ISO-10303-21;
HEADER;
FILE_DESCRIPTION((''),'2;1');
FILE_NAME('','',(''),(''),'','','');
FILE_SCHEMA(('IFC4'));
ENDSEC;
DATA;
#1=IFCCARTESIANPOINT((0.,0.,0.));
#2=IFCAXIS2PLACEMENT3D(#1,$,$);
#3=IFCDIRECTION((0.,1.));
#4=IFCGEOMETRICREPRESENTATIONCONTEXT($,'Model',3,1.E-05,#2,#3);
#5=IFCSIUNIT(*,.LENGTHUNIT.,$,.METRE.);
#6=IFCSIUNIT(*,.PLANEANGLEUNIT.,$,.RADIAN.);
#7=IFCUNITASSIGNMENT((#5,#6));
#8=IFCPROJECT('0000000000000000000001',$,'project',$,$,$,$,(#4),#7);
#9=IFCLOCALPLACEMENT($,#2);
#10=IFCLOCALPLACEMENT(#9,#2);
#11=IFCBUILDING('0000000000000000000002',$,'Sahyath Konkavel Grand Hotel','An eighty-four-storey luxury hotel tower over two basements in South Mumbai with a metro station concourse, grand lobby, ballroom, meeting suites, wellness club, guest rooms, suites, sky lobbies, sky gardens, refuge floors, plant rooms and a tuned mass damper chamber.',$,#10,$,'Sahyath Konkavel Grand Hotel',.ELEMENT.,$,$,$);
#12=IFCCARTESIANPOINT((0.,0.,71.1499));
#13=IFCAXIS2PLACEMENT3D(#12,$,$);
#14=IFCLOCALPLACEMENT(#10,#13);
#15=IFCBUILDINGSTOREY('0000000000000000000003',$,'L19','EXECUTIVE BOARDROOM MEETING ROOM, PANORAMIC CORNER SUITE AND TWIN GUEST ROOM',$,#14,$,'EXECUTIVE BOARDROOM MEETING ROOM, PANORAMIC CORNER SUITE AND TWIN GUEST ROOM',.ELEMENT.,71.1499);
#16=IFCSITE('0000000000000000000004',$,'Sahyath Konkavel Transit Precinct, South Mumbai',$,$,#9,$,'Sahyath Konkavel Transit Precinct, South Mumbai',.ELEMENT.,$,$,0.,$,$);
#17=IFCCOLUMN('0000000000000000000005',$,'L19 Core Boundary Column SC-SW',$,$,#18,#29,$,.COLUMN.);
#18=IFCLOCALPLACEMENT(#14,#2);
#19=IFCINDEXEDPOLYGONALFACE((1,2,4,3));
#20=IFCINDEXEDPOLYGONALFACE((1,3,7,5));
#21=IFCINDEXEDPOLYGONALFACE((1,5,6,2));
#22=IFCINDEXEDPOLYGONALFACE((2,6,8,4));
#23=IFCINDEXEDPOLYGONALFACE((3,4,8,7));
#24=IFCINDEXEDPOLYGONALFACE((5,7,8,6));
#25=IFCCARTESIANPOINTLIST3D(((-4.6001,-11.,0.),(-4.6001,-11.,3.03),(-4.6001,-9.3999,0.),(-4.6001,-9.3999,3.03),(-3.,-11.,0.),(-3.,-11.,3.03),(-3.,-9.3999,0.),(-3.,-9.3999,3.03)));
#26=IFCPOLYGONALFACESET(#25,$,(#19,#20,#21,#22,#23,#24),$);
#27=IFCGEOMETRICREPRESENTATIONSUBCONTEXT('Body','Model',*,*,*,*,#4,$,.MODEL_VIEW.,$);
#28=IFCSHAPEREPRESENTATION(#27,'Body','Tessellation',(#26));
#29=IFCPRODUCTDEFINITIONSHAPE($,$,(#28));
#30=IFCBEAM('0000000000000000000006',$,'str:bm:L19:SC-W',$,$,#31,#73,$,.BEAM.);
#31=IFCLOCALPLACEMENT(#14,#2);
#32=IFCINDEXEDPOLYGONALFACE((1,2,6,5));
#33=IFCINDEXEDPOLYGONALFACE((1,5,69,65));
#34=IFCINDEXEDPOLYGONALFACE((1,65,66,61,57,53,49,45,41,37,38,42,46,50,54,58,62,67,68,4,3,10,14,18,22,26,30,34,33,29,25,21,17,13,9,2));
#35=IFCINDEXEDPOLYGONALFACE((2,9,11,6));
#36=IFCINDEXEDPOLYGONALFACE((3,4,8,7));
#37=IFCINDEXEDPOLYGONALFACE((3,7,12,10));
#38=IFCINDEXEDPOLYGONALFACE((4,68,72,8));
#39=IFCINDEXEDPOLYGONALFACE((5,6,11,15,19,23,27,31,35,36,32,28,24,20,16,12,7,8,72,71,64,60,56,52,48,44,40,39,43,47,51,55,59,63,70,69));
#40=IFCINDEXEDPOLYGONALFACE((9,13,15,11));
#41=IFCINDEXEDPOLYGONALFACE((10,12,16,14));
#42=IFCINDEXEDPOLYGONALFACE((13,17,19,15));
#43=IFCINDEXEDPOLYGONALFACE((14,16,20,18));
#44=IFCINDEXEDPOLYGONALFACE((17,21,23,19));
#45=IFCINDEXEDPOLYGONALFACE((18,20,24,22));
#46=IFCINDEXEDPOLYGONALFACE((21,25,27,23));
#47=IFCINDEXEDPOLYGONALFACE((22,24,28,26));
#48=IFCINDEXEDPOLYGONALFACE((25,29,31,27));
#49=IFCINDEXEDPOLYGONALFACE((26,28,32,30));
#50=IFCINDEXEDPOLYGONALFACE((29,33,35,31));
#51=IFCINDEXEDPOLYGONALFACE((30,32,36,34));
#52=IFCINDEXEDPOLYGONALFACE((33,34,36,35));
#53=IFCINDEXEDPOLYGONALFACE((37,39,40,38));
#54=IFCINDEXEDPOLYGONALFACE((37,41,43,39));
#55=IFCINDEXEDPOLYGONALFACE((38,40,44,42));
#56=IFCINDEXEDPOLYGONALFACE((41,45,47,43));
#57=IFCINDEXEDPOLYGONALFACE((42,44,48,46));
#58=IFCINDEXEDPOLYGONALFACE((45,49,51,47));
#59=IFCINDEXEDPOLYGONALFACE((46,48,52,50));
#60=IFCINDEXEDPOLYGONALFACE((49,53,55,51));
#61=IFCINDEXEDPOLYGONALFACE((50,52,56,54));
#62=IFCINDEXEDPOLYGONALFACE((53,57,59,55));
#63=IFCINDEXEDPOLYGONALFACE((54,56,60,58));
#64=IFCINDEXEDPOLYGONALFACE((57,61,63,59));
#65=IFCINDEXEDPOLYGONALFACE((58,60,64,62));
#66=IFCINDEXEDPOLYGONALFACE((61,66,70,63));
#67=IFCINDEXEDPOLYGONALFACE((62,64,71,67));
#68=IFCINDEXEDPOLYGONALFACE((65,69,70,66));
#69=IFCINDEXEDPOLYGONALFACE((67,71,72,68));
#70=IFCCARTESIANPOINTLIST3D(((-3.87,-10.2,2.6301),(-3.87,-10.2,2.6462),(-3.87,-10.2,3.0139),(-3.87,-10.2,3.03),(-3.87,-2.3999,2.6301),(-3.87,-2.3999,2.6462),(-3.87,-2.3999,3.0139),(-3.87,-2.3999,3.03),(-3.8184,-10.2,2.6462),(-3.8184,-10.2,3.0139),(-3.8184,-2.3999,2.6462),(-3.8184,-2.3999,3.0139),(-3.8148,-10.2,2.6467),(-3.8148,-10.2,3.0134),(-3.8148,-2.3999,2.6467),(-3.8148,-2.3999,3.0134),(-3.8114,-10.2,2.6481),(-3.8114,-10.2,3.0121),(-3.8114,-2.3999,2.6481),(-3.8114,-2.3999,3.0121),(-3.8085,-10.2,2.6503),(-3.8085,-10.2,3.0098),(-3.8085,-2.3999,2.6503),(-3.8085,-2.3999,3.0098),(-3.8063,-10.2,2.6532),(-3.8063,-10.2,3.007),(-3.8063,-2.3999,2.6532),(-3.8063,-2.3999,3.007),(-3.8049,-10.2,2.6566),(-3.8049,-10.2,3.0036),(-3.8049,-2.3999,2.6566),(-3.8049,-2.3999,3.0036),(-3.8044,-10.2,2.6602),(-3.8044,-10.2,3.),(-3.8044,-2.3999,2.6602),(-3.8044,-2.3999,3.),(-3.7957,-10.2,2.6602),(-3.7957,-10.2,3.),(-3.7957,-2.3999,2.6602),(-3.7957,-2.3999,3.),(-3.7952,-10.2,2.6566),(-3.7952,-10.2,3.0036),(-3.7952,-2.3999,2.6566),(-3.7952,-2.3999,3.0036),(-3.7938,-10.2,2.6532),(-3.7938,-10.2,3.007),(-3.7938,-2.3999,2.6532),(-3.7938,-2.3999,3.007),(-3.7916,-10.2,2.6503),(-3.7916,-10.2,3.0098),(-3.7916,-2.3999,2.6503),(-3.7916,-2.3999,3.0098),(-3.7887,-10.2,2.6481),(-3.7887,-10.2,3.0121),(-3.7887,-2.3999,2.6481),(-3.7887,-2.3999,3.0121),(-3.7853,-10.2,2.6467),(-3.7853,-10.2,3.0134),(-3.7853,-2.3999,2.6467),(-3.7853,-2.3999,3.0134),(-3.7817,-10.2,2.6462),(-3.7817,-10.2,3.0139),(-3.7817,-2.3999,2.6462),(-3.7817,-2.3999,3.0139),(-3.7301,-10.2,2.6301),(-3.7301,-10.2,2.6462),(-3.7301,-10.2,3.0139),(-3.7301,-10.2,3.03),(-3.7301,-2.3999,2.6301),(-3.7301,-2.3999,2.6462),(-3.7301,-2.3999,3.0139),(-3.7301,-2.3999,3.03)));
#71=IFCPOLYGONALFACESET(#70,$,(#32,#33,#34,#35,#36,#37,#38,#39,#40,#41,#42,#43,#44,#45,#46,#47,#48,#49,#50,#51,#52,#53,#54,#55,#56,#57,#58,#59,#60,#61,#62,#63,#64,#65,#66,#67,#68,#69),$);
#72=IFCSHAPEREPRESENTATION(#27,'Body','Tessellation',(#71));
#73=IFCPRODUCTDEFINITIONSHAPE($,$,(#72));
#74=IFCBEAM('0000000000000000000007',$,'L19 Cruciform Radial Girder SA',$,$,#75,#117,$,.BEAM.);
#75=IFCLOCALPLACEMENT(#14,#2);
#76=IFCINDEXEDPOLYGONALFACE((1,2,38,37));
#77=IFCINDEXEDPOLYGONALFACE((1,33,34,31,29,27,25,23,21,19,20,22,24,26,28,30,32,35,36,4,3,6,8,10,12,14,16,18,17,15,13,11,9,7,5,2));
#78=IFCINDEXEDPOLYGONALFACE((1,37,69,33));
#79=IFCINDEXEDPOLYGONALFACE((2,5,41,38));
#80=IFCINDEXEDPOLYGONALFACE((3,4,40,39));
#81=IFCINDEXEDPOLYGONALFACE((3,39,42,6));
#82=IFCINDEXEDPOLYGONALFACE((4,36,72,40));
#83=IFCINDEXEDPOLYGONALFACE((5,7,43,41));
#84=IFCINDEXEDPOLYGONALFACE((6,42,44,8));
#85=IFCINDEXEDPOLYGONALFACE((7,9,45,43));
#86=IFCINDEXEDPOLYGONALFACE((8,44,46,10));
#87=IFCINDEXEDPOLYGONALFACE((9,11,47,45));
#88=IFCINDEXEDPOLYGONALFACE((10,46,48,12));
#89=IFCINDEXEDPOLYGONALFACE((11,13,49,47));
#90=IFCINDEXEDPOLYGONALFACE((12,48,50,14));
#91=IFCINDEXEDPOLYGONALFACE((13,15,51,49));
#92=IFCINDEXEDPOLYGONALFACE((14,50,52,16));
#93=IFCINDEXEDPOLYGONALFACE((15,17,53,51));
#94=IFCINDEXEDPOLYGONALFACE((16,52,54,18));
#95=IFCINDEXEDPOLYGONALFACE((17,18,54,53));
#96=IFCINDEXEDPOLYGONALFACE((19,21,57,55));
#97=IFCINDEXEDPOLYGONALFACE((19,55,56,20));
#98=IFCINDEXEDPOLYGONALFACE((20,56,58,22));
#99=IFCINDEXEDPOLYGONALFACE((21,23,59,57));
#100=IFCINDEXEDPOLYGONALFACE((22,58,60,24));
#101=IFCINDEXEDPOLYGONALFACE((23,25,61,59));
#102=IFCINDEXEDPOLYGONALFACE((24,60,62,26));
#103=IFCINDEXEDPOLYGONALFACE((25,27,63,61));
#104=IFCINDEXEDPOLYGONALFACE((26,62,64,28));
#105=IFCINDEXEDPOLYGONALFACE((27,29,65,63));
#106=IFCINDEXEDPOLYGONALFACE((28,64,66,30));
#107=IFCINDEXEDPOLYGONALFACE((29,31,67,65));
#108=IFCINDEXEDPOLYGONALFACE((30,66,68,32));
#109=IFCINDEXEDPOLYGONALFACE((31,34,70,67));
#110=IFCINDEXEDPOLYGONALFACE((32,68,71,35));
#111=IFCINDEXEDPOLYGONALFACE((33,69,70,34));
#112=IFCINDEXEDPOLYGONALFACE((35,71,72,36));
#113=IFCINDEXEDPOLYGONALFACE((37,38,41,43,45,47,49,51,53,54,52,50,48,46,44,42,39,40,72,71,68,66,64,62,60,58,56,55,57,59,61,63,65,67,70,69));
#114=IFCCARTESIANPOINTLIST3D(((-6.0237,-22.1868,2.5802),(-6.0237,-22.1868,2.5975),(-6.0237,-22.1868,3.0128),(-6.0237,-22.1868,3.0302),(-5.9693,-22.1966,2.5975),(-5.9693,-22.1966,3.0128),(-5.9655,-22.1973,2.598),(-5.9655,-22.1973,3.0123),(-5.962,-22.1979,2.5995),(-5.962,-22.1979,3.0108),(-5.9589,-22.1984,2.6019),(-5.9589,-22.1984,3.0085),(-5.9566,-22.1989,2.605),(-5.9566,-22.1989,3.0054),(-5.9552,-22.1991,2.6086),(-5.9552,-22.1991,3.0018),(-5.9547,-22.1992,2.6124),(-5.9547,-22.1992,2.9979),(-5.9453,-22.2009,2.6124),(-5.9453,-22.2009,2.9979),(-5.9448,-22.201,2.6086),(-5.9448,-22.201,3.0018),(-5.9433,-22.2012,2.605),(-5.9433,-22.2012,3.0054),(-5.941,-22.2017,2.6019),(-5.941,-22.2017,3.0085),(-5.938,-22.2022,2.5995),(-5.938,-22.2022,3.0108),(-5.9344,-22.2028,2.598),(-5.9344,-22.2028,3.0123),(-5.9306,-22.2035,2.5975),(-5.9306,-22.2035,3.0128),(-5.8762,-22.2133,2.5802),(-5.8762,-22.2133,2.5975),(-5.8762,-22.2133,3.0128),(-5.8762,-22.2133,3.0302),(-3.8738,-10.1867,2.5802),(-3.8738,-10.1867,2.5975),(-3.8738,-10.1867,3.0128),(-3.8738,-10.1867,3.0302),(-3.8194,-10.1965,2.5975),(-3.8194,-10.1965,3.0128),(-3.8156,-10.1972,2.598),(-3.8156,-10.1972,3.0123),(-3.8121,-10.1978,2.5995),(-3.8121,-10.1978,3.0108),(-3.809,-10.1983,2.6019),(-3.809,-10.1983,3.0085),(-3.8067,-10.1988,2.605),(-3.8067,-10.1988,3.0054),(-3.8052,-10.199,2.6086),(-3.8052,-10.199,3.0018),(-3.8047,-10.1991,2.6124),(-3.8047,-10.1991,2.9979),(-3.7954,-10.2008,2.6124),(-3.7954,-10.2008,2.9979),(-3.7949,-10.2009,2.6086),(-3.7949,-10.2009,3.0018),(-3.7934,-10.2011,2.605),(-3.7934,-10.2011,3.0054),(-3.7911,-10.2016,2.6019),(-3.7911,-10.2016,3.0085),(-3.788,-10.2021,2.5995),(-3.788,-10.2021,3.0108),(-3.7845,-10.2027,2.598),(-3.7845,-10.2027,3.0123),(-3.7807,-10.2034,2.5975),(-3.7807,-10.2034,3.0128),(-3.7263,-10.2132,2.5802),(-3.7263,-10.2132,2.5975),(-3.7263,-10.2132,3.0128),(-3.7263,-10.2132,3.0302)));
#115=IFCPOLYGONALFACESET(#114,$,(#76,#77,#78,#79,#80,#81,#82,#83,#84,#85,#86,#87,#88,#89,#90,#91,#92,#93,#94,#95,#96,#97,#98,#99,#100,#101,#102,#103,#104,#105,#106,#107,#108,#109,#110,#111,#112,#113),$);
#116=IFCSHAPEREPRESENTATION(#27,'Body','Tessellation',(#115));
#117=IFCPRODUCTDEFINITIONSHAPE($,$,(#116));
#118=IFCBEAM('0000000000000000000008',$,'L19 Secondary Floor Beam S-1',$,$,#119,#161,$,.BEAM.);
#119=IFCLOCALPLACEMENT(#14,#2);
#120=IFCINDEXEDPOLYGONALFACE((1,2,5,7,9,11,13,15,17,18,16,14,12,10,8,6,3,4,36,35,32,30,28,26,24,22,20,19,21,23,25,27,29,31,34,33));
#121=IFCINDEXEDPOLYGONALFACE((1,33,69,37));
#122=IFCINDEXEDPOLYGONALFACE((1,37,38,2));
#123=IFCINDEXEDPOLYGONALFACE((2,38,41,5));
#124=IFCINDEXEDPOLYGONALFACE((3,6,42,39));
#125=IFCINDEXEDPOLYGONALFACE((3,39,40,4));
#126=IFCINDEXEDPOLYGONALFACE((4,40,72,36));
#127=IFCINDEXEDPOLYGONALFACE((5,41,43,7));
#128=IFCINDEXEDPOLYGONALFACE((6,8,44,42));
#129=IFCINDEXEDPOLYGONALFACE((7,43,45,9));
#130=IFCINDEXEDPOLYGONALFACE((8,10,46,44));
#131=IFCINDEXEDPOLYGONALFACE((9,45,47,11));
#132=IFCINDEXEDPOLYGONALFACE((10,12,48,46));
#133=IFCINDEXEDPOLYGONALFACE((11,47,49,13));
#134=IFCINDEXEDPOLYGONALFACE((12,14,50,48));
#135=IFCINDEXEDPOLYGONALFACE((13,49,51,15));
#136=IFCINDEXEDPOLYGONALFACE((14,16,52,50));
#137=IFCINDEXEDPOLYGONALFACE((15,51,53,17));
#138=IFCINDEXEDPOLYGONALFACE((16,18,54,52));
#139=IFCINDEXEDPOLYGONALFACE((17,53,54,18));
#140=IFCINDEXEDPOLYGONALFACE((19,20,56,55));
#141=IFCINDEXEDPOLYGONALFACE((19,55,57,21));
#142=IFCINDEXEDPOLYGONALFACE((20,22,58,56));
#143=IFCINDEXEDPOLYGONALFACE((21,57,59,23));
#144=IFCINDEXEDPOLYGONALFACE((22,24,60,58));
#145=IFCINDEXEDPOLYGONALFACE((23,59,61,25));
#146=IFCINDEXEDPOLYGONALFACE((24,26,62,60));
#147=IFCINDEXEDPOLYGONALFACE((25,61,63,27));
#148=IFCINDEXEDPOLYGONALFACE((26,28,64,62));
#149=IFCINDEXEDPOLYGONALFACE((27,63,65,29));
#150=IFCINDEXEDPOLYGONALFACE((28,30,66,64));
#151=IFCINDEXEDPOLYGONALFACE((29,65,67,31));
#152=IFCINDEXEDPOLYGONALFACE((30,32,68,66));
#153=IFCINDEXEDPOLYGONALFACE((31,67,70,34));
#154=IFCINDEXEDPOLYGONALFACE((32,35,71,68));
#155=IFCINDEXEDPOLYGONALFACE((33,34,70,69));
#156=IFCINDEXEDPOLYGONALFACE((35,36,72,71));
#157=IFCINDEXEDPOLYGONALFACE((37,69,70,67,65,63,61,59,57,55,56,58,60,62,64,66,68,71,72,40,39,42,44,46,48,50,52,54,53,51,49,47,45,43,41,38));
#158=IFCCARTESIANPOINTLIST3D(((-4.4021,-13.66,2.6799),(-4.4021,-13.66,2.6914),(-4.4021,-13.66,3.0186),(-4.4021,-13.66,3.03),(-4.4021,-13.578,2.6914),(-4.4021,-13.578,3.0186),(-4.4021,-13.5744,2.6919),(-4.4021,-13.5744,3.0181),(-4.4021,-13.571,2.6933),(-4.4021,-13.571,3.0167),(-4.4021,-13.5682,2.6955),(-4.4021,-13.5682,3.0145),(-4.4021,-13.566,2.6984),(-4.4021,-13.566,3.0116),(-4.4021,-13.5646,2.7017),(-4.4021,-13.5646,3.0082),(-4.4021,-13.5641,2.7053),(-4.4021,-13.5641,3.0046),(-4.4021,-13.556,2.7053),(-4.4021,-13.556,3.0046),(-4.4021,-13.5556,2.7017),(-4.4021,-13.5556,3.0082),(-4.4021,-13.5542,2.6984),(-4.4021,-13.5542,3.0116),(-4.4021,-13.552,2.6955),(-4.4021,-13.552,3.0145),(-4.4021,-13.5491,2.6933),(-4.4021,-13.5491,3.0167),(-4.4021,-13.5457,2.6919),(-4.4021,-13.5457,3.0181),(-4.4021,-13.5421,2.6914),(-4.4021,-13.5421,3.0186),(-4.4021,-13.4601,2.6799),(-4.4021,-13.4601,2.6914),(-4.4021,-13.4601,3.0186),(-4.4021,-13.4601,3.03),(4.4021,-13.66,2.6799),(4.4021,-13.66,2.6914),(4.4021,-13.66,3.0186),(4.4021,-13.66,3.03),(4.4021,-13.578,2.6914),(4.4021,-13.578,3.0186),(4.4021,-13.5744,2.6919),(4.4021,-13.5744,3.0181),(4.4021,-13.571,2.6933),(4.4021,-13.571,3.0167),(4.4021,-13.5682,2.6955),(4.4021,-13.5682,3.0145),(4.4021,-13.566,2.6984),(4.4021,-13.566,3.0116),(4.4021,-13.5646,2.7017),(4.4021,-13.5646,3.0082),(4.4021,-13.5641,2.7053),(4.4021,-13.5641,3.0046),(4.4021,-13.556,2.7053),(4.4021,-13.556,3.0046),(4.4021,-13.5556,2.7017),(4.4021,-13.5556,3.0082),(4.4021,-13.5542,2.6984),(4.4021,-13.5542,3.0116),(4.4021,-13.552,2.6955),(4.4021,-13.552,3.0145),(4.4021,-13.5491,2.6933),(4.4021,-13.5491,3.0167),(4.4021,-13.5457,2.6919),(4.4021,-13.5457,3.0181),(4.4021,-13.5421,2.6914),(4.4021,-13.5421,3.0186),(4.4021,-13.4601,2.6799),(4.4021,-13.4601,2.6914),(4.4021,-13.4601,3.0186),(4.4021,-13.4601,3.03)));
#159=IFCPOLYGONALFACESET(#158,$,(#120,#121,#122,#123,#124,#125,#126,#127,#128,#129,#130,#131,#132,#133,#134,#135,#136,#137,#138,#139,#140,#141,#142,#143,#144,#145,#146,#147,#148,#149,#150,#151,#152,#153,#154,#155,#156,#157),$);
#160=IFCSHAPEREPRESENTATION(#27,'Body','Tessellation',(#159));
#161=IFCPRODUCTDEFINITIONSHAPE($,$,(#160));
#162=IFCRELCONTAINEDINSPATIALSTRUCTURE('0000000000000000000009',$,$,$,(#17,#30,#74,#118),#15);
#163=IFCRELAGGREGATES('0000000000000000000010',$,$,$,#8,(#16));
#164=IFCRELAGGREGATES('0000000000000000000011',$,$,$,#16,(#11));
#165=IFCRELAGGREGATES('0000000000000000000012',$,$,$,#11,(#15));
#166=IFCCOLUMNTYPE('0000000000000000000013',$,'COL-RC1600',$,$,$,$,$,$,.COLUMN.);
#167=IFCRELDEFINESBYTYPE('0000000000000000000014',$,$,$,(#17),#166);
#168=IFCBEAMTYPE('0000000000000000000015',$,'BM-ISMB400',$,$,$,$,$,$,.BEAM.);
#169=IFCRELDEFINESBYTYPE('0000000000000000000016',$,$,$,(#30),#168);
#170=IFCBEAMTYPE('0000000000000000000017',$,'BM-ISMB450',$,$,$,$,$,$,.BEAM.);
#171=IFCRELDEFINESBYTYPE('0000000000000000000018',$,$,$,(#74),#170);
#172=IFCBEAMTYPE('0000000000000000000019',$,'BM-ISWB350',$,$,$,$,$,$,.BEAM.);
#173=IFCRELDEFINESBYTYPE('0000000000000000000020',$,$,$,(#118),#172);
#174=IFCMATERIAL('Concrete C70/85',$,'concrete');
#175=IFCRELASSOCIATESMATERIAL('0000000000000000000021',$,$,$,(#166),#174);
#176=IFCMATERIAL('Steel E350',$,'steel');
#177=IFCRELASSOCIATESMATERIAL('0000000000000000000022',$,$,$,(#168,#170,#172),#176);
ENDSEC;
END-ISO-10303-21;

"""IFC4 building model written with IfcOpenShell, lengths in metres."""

from ifc_helpers import new_model, si_unit, direction, frame, origin, origin_2d, place, context, subcontext, project, spatial, rectangle, i_section, extrude, source, transform, mapped, material, material_profile, profile_set, type_object, element, save


model = new_model("IFC4")

# Units and contexts
model_context = context("Model", 3, precision=1e-05, world=origin(), true_north=direction((0.0, 1.0)))
body_context = subcontext(model_context, "Body", "Model", "MODEL_VIEW")
ifc_project = project(units=[si_unit("LENGTHUNIT", "METRE"), si_unit("PLANEANGLEUNIT", "RADIAN")], contexts=[model_context])

# Site, building, storey
site_placement = place(None, origin())
site = spatial("IfcSite", under=ifc_project, at=site_placement, Name="Sahyath Konkavel Transit Precinct, South Mumbai", LongName="Sahyath Konkavel Transit Precinct, South Mumbai", CompositionType="ELEMENT", RefElevation=0.0)
building_placement = place(site_placement, origin())
building = spatial("IfcBuilding", under=site, at=building_placement, Name="Sahyath Konkavel Grand Hotel", Description="An eighty-four-storey luxury hotel tower over two basements in South Mumbai with a metro station concourse, grand lobby, ballroom, meeting suites, wellness club, guest rooms, suites, sky lobbies, sky gardens, refuge floors, plant rooms and a tuned mass damper chamber.", LongName="Sahyath Konkavel Grand Hotel", CompositionType="ELEMENT")
storey_placement = place(building_placement, frame((0.0, 0.0, 71.1499)))
storey = spatial("IfcBuildingStorey", under=building, at=storey_placement, Name="L19", Description="EXECUTIVE BOARDROOM MEETING ROOM, PANORAMIC CORNER SUITE AND TWIN GUEST ROOM", LongName="EXECUTIVE BOARDROOM MEETING ROOM, PANORAMIC CORNER SUITE AND TWIN GUEST ROOM", CompositionType="ELEMENT", Elevation=71.1499)

# Column
ifc_material_1 = material(Name="Concrete C70/85", Category="concrete")
ifc_material_profile_1 = material_profile(ifc_material_1, rectangle(XDim=1.6001, YDim=1.6001, at=origin_2d()), Name="RC 1600x1600")
ifc_profile_set_1 = profile_set([ifc_material_profile_1], Name="Concrete C70/85")
column_type = type_object("IfcColumnType", Name="COL-RC1600", PredefinedType="COLUMN", material=ifc_profile_set_1)
shared_shape_1 = source(origin(), body_context, "Body", "SweptSolid", [
    extrude(rectangle(XDim=1.6001, YDim=1.6001, at=origin_2d()), origin(), (0.0, 0.0, 1.0), 3.03),
])
column_placement = place(storey_placement, frame((-3.8, -10.2, 0.0), z_axis=(0.0, 0.0, 1.0), x_axis=(1.0, 0.0, 0.0)))
element("IfcColumn", 1, at=column_placement, inside=storey, type_object=column_type, Name="L19 Core Boundary Column SC-SW", PredefinedType="COLUMN", context=body_context, shape_type="MappedRepresentation", body=[
    mapped(shared_shape_1, transform((0.0, 0.0, 0.0), scale=1.0)),
])

# Beams
ifc_material_2 = material(Name="Steel E350", Category="steel")
ifc_material_profile_2 = material_profile(ifc_material_2, i_section(OverallWidth=0.1399, OverallDepth=0.3999, WebThickness=0.0088, FlangeThickness=0.0161, FilletRadius=0.0139, at=origin_2d()), Name="ISMB 400")
ifc_profile_set_2 = profile_set([ifc_material_profile_2], Name="Steel E350")
beam_type_1 = type_object("IfcBeamType", Name="BM-ISMB400", PredefinedType="BEAM", material=ifc_profile_set_2)
shared_shape_2 = source(origin(), body_context, "Body", "SweptSolid", [
    extrude(i_section(OverallWidth=0.1399, OverallDepth=0.3999, WebThickness=0.0088, FlangeThickness=0.0161, FilletRadius=0.0139, at=origin_2d()), origin(), (0.0, 0.0, 1.0), 7.8),
])
beam_1_placement = place(storey_placement, frame((-3.8, -10.2, 2.8301), z_axis=(0.0, 1.0, 0.0), x_axis=(-1.0, 0.0, 0.0)))
element("IfcBeam", 2, at=beam_1_placement, inside=storey, type_object=beam_type_1, Name="str:bm:L19:SC-W", PredefinedType="BEAM", context=body_context, shape_type="MappedRepresentation", body=[
    mapped(shared_shape_2, transform((0.0, 0.0, 0.0), scale=1.0)),
])
ifc_material_profile_3 = material_profile(ifc_material_2, i_section(OverallWidth=0.1499, OverallDepth=0.45, WebThickness=0.0095, FlangeThickness=0.0173, FilletRadius=0.0149, at=origin_2d()), Name="ISMB 450")
ifc_profile_set_3 = profile_set([ifc_material_profile_3], Name="Steel E350")
beam_type_2 = type_object("IfcBeamType", Name="BM-ISMB450", PredefinedType="BEAM", material=ifc_profile_set_3)
shared_shape_3 = source(origin(), body_context, "Body", "SweptSolid", [
    extrude(i_section(OverallWidth=0.1499, OverallDepth=0.45, WebThickness=0.0095, FlangeThickness=0.0173, FilletRadius=0.0149, at=origin_2d()), origin(), (0.0, 0.0, 1.0), 12.1912),
])
beam_2_placement = place(storey_placement, frame((-3.8, -10.2, 2.8052), z_axis=(-0.176351, -0.984327, 0.0), x_axis=(0.984327, -0.176351, 0.0)))
element("IfcBeam", 3, at=beam_2_placement, inside=storey, type_object=beam_type_2, Name="L19 Cruciform Radial Girder SA", PredefinedType="BEAM", context=body_context, shape_type="MappedRepresentation", body=[
    mapped(shared_shape_3, transform((0.0, 0.0, 0.0), scale=1.0)),
])
ifc_material_profile_4 = material_profile(ifc_material_2, i_section(OverallWidth=0.2, OverallDepth=0.3501, WebThickness=0.0081, FlangeThickness=0.0115, FilletRadius=0.0139, at=origin_2d()), Name="ISWB 350")
ifc_profile_set_4 = profile_set([ifc_material_profile_4], Name="Steel E350")
beam_type_3 = type_object("IfcBeamType", Name="BM-ISWB350", PredefinedType="BEAM", material=ifc_profile_set_4)
shared_shape_4 = source(origin(), body_context, "Body", "SweptSolid", [
    extrude(i_section(OverallWidth=0.2, OverallDepth=0.3501, WebThickness=0.0081, FlangeThickness=0.0115, FilletRadius=0.0139, at=origin_2d()), origin(), (0.0, 0.0, 1.0), 8.8042),
])
beam_3_placement = place(storey_placement, frame((-4.4021, -13.5601, 2.855), z_axis=(1.0, 0.0, 0.0), x_axis=(0.0, 1.0, 0.0)))
element("IfcBeam", 4, at=beam_3_placement, inside=storey, type_object=beam_type_3, Name="L19 Secondary Floor Beam S-1", PredefinedType="BEAM", context=body_context, shape_type="MappedRepresentation", body=[
    mapped(shared_shape_4, transform((0.0, 0.0, 0.0), scale=1.0)),
])

save(model, "model.ifc")
